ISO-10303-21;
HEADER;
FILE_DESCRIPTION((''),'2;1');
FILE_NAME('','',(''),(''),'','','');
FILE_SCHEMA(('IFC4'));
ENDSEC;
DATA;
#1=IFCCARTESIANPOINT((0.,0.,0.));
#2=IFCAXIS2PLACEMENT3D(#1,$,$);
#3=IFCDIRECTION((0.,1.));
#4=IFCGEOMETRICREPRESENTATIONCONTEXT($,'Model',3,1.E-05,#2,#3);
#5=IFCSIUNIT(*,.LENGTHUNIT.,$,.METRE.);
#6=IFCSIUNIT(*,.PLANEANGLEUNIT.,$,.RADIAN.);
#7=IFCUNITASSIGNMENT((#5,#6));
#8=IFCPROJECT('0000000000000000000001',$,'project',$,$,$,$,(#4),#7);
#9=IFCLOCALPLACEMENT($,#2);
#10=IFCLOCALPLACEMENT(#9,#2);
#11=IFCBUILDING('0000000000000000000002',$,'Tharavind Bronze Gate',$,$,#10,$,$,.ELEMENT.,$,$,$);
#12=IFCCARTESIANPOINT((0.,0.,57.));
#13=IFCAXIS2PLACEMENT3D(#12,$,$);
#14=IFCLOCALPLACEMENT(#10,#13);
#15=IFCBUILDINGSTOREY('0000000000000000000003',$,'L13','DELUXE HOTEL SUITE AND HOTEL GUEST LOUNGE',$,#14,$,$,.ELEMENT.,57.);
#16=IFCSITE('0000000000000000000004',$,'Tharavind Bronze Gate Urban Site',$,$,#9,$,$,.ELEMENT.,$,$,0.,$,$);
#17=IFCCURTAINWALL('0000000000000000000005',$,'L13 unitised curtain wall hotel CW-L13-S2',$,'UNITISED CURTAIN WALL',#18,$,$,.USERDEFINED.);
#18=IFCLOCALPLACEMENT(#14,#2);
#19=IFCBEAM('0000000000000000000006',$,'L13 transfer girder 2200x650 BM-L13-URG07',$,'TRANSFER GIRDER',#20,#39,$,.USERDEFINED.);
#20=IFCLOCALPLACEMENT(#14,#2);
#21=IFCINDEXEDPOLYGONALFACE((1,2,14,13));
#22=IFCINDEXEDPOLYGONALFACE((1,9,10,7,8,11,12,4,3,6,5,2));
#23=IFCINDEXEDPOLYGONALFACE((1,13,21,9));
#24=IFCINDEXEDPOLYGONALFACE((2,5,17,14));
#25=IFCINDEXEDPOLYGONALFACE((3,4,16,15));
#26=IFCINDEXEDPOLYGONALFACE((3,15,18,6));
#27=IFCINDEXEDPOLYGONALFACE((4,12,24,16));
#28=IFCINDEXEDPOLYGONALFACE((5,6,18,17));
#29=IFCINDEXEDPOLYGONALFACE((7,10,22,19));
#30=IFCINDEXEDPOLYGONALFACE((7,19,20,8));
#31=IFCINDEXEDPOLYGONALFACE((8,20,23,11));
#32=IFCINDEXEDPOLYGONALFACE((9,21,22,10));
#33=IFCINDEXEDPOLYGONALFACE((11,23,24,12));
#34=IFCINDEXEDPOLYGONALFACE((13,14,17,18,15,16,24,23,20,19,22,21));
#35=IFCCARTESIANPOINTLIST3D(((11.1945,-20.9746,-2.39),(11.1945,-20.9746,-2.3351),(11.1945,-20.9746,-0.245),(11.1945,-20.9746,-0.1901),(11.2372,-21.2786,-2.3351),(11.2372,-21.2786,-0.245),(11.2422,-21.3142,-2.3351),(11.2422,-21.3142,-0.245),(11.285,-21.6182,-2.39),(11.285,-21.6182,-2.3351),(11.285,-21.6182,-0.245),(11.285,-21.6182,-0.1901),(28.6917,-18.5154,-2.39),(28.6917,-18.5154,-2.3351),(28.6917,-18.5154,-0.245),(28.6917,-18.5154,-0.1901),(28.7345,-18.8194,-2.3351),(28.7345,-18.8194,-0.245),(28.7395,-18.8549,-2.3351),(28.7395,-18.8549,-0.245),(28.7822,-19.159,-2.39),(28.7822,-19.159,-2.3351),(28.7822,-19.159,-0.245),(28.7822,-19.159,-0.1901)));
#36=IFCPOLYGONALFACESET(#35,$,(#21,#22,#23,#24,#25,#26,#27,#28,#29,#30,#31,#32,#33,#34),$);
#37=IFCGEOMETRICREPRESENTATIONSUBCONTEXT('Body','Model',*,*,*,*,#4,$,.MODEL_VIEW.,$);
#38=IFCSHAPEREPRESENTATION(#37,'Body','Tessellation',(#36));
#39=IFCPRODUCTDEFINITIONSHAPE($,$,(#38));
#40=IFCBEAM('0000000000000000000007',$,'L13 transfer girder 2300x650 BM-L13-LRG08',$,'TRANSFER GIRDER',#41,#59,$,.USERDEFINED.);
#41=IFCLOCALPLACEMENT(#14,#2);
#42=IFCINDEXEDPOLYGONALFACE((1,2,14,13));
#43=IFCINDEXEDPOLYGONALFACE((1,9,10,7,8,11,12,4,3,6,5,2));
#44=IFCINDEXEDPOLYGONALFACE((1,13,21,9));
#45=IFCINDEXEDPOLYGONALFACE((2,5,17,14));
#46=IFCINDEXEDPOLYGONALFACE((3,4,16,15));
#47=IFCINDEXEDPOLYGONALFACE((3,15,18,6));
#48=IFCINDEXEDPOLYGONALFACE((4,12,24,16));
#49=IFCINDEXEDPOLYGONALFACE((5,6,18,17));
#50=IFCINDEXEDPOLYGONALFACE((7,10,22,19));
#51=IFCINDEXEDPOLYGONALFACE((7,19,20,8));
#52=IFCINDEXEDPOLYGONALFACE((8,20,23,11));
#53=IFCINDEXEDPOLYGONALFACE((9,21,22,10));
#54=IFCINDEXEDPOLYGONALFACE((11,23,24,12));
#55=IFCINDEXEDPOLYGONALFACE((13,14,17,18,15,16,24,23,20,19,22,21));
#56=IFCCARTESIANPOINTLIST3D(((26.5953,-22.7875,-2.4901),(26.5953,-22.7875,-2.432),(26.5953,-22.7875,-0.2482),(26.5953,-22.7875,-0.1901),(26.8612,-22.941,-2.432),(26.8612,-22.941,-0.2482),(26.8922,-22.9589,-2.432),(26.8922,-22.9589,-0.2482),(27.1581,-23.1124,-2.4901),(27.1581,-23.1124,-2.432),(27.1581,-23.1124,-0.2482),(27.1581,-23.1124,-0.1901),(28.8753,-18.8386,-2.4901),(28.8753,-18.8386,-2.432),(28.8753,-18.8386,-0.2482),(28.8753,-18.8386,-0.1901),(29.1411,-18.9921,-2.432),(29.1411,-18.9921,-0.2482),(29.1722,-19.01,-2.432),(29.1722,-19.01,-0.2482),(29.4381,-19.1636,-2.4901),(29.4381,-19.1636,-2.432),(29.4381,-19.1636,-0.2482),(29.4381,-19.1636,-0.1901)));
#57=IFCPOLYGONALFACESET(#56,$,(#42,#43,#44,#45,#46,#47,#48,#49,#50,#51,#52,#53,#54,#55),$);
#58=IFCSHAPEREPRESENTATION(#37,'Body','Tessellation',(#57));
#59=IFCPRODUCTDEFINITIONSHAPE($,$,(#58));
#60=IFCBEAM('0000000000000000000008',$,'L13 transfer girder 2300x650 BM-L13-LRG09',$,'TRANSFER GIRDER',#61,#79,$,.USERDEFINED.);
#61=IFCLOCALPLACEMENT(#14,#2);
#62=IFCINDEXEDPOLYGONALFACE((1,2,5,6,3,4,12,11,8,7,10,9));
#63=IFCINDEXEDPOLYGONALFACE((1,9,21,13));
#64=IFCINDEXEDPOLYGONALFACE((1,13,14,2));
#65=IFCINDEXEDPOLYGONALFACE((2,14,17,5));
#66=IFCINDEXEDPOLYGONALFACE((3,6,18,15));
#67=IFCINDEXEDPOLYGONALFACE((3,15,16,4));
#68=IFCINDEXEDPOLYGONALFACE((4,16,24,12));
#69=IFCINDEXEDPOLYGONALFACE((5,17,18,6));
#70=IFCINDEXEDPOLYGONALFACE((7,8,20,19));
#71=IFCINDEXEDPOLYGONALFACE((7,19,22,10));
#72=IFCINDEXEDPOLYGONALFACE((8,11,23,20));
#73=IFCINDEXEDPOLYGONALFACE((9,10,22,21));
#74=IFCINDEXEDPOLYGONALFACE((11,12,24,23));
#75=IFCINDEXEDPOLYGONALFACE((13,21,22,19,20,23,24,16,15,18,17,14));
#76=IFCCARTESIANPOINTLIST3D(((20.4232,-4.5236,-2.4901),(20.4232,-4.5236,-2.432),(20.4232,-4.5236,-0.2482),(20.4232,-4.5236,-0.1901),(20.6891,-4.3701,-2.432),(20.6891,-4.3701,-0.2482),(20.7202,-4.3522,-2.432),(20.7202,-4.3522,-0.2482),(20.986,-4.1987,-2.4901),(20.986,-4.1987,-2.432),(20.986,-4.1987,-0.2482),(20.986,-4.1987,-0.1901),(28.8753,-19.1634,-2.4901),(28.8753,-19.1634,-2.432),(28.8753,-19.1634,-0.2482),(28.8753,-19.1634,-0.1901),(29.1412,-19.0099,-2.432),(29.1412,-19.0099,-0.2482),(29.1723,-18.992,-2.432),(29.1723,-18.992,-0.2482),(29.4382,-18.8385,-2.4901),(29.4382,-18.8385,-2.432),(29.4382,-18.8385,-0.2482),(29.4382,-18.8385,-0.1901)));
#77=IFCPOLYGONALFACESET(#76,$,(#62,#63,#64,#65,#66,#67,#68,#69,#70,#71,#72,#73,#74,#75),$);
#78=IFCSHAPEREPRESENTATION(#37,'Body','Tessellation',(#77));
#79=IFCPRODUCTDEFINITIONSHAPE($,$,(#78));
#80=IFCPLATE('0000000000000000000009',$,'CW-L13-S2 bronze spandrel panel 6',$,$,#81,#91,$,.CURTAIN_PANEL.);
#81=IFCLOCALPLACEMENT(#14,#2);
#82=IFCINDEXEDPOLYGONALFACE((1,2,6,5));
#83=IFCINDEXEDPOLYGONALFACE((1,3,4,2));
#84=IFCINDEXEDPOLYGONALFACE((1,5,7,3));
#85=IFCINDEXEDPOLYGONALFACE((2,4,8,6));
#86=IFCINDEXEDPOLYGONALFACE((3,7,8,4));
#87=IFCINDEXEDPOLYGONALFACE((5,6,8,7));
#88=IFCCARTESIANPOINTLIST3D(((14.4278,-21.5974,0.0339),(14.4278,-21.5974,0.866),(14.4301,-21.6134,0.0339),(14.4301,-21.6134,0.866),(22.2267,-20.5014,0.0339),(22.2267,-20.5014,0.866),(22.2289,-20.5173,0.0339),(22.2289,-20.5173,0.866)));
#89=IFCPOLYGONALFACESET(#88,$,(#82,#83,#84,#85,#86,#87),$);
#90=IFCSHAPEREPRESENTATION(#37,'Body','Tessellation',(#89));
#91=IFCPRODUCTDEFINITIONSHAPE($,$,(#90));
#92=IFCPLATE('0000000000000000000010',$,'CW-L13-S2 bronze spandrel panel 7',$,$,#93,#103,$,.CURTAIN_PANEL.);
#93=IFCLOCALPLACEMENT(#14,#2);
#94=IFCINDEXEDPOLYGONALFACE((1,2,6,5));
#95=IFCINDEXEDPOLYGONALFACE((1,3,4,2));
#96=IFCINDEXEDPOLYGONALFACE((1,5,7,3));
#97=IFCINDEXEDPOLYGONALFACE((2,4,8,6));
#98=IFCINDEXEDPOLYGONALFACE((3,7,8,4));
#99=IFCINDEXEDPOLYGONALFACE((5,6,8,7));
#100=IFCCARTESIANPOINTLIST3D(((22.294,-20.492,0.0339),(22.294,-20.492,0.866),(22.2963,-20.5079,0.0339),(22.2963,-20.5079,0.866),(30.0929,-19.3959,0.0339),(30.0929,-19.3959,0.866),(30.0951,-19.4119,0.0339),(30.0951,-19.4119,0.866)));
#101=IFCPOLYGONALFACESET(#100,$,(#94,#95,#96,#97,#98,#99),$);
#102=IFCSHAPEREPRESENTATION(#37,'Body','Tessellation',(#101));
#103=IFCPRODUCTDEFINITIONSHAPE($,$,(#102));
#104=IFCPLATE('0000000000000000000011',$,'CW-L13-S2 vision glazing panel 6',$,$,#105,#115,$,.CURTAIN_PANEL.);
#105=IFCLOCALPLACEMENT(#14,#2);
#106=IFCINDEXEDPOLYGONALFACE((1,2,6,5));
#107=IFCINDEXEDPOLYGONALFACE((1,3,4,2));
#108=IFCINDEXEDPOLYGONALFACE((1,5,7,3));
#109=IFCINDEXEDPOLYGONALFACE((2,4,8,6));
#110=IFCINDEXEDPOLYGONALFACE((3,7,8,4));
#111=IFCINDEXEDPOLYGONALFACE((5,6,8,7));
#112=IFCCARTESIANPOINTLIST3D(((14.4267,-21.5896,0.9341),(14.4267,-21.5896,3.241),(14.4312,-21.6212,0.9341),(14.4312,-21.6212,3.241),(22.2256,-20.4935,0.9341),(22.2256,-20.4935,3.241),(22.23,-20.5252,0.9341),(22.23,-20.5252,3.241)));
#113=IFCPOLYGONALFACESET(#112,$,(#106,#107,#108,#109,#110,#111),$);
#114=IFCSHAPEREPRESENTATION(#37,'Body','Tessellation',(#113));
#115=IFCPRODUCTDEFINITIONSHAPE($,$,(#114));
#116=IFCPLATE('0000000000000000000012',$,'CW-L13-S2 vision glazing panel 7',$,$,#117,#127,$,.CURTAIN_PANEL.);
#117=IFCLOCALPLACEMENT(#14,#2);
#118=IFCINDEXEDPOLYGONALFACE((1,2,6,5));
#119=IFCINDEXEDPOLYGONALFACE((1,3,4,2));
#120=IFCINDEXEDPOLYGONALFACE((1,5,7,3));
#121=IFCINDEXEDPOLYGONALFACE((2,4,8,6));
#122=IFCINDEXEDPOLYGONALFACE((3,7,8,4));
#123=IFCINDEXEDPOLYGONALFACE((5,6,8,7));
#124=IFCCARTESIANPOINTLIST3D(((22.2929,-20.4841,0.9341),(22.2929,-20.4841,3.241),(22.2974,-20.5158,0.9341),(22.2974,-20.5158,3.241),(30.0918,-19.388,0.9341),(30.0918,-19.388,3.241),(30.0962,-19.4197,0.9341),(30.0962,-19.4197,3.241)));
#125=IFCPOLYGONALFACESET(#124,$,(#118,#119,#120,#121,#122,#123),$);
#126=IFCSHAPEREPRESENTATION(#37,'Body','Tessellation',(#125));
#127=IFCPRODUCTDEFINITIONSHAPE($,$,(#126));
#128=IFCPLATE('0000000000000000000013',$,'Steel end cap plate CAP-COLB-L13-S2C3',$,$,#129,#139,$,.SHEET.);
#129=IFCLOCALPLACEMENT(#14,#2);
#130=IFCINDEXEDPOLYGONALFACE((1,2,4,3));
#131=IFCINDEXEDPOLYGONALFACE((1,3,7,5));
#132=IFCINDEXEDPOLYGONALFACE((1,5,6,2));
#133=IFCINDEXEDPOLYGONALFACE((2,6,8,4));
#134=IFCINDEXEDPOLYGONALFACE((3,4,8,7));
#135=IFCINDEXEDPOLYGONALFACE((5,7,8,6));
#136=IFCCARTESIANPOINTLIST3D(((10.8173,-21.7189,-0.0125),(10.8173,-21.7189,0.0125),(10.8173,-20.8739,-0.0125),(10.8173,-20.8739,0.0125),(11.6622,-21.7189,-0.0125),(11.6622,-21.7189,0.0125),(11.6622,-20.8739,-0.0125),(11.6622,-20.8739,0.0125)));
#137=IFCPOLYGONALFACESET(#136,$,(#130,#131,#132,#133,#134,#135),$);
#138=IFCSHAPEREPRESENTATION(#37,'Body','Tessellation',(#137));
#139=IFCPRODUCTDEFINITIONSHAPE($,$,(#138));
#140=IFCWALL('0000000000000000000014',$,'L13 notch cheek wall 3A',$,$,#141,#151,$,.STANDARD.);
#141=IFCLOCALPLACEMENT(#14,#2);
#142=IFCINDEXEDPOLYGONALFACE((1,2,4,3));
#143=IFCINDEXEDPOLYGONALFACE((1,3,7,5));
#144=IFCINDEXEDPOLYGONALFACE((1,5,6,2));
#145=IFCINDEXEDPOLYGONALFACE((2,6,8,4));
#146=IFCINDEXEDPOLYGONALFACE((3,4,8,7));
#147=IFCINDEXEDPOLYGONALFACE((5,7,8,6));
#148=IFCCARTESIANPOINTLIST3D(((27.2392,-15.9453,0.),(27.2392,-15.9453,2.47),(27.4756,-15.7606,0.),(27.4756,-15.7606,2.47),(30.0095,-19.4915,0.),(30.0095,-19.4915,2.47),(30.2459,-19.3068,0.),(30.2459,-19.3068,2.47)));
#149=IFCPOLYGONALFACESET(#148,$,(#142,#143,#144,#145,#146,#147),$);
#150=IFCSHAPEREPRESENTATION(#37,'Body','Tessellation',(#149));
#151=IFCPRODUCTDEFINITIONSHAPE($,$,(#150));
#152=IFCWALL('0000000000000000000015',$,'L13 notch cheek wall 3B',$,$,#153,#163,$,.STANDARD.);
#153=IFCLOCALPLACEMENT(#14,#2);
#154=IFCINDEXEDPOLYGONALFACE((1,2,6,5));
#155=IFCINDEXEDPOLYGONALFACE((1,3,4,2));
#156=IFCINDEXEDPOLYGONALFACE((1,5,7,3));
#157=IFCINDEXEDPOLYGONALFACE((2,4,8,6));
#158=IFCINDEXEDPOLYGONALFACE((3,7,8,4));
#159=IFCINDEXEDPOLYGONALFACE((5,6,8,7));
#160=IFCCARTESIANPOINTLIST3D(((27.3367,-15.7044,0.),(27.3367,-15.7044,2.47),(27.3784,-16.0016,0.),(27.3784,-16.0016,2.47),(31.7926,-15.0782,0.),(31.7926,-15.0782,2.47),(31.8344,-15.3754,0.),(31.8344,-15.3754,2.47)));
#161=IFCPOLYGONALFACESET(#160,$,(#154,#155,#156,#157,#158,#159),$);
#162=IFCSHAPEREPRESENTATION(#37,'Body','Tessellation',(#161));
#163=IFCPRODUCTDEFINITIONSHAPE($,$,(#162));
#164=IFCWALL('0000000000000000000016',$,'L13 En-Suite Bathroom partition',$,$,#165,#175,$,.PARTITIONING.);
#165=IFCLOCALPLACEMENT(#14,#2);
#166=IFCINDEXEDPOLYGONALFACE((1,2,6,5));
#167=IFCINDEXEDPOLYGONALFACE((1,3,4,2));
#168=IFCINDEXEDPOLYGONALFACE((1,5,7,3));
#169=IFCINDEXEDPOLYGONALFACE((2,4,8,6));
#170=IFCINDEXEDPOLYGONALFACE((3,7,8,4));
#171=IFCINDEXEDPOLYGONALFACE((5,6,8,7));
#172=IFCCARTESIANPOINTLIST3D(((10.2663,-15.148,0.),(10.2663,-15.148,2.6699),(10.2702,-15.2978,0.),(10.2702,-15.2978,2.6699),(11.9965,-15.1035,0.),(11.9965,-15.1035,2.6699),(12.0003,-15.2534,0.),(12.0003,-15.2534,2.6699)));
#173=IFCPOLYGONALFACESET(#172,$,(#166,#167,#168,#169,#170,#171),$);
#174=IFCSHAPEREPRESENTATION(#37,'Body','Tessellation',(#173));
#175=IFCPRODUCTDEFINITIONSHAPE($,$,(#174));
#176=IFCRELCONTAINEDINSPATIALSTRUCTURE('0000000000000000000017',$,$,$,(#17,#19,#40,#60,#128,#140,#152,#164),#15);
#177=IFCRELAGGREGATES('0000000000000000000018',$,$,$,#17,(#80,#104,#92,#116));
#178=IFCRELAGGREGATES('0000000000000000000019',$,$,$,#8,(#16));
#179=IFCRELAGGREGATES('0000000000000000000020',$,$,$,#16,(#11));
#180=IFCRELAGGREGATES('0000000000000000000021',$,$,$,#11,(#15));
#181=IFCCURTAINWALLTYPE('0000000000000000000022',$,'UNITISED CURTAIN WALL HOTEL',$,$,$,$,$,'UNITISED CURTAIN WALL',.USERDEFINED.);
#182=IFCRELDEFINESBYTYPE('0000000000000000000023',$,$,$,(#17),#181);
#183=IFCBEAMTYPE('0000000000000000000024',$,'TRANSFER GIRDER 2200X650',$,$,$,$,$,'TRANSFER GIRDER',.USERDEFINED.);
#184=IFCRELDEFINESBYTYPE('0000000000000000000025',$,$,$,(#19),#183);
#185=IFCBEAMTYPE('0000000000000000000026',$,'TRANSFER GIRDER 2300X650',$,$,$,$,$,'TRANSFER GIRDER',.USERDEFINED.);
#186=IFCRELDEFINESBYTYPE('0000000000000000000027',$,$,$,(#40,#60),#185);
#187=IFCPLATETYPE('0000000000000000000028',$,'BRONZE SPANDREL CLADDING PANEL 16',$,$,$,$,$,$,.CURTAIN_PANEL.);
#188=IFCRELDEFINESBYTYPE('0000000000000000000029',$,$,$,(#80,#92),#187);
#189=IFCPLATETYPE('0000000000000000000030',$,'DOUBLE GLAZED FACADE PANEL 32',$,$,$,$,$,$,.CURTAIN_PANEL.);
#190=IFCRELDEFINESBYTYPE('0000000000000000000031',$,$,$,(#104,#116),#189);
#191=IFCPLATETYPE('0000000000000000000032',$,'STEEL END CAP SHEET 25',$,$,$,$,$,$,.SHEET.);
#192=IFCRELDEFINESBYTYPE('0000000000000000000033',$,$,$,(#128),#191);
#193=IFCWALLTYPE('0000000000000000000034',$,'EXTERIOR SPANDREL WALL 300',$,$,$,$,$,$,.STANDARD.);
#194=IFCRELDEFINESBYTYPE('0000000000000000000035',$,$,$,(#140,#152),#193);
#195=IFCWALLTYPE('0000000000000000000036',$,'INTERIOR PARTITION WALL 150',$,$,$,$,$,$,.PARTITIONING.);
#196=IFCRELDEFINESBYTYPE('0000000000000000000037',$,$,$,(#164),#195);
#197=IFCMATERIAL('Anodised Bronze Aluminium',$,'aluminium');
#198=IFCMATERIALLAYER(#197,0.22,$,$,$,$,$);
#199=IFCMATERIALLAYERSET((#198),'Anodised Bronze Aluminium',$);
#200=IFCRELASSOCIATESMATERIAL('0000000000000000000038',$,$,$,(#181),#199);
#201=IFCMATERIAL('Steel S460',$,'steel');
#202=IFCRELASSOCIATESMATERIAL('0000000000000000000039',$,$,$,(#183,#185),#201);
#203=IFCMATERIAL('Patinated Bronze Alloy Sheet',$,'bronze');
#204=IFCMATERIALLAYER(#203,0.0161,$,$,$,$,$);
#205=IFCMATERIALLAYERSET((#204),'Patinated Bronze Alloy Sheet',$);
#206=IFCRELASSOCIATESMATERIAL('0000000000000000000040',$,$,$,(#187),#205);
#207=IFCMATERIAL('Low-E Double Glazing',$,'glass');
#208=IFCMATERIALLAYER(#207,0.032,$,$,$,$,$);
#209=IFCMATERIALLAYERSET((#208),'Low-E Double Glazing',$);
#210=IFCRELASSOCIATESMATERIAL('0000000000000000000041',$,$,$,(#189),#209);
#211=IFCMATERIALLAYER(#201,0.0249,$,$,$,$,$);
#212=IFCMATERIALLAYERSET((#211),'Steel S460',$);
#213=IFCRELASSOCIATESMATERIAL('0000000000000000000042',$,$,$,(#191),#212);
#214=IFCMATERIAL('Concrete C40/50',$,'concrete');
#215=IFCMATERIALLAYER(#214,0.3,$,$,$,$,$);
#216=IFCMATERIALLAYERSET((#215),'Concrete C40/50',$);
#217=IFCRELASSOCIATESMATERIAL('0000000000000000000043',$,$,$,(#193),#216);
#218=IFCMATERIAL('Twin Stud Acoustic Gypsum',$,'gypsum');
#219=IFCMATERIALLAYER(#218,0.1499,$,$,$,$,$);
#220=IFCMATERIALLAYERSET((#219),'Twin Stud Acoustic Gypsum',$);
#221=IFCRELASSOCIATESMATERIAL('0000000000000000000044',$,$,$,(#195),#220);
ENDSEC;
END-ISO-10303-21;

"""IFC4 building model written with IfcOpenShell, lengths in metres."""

from ifc_helpers import new_model, si_unit, direction, frame, frame_2d, origin, origin_2d, place, context, subcontext, project, spatial, rectangle, i_section, extrude, material, layer, layer_set, material_profile, profile_set, type_object, element, aggregate, save


model = new_model("IFC4")

# Units and contexts
model_context = context("Model", 3, precision=1e-05, world=origin(), true_north=direction((0.0, 1.0)))
body_context = subcontext(model_context, "Body", "Model", "MODEL_VIEW")
ifc_project = project(units=[si_unit("LENGTHUNIT", "METRE"), si_unit("PLANEANGLEUNIT", "RADIAN")], contexts=[model_context])

# Site, building, storey
site_placement = place(None, origin())
site = spatial("IfcSite", under=ifc_project, at=site_placement, Name="Tharavind Bronze Gate Urban Site", CompositionType="ELEMENT", RefElevation=0.0)
building_placement = place(site_placement, origin())
building = spatial("IfcBuilding", under=site, at=building_placement, Name="Tharavind Bronze Gate", CompositionType="ELEMENT")
storey_placement = place(building_placement, frame((0.0, 0.0, 57.0)))
storey = spatial("IfcBuildingStorey", under=building, at=storey_placement, Name="L13", Description="DELUXE HOTEL SUITE AND HOTEL GUEST LOUNGE", CompositionType="ELEMENT", Elevation=57.0)

# Shared definitions
ifc_material_1 = material(Name="Steel S460", Category="steel")

# Curtain wall
ifc_material_2 = material(Name="Anodised Bronze Aluminium", Category="aluminium")
ifc_layer_1 = layer(ifc_material_2, 0.22)
ifc_layer_set_1 = layer_set([ifc_layer_1], Name="Anodised Bronze Aluminium")
curtain_wall_type = type_object("IfcCurtainWallType", Name="UNITISED CURTAIN WALL HOTEL", ElementType="UNITISED CURTAIN WALL", PredefinedType="USERDEFINED", material=ifc_layer_set_1)
curtain_wall_1_placement = place(storey_placement, origin())
curtain_wall_1 = element("IfcCurtainWall", 1, at=curtain_wall_1_placement, inside=storey, type_object=curtain_wall_type, Name="L13 unitised curtain wall hotel CW-L13-S2", ObjectType="UNITISED CURTAIN WALL", PredefinedType="USERDEFINED")

# Beams
ifc_material_profile_1 = material_profile(ifc_material_1, i_section(OverallWidth=0.6499, OverallDepth=2.2, WebThickness=0.0359, FlangeThickness=0.0549, at=origin_2d()), Name="PG2200X650")
ifc_profile_set_1 = profile_set([ifc_material_profile_1], Name="Steel S460")
beam_type_1 = type_object("IfcBeamType", Name="TRANSFER GIRDER 2200X650", ElementType="TRANSFER GIRDER", PredefinedType="USERDEFINED", material=ifc_profile_set_1)
beam_1_placement = place(storey_placement, frame((11.2397, -21.2964, -1.29), z_axis=(0.990267, 0.139181, 0.0), x_axis=(-0.139181, 0.990267, 0.0)))
element("IfcBeam", 2, at=beam_1_placement, inside=storey, type_object=beam_type_1, Name="L13 transfer girder 2200x650 BM-L13-URG07", ObjectType="TRANSFER GIRDER", PredefinedType="USERDEFINED", context=body_context, shape_type="SweptSolid", body=[
    extrude(i_section(OverallWidth=0.6499, OverallDepth=2.2, WebThickness=0.0359, FlangeThickness=0.0549, at=origin_2d()), origin(), (0.0, 0.0, 1.0), 17.6692),
])
ifc_material_profile_2 = material_profile(ifc_material_1, i_section(OverallWidth=0.6499, OverallDepth=2.3, WebThickness=0.0359, FlangeThickness=0.0581, at=origin_2d()), Name="PG2300X650")
ifc_profile_set_2 = profile_set([ifc_material_profile_2], Name="Steel S460")
beam_type_2 = type_object("IfcBeamType", Name="TRANSFER GIRDER 2300X650", ElementType="TRANSFER GIRDER", PredefinedType="USERDEFINED", material=ifc_profile_set_2)
beam_2_placement = place(storey_placement, frame((26.8767, -22.95, -1.3401), z_axis=(0.500014, 0.866017, 0.0), x_axis=(-0.866017, 0.500014, 0.0)))
element("IfcBeam", 3, at=beam_2_placement, inside=storey, type_object=beam_type_2, Name="L13 transfer girder 2300x650 BM-L13-LRG08", ObjectType="TRANSFER GIRDER", PredefinedType="USERDEFINED", context=body_context, shape_type="SweptSolid", body=[
    extrude(i_section(OverallWidth=0.6499, OverallDepth=2.3, WebThickness=0.0359, FlangeThickness=0.0581, at=origin_2d()), origin(), (0.0, 0.0, 1.0), 4.5598),
])
beam_3_placement = place(storey_placement, frame((29.1567, -19.001, -1.3401), z_axis=(-0.499991, 0.86603, 0.0), x_axis=(-0.86603, -0.499991, 0.0)))
element("IfcBeam", 4, at=beam_3_placement, inside=storey, type_object=beam_type_2, Name="L13 transfer girder 2300x650 BM-L13-LRG09", ObjectType="TRANSFER GIRDER", PredefinedType="USERDEFINED", context=body_context, shape_type="SweptSolid", body=[
    extrude(i_section(OverallWidth=0.6499, OverallDepth=2.3, WebThickness=0.0359, FlangeThickness=0.0581, at=origin_2d()), origin(), (0.0, 0.0, 1.0), 16.9045),
])

# Plates
ifc_material_3 = material(Name="Patinated Bronze Alloy Sheet", Category="bronze")
ifc_layer_2 = layer(ifc_material_3, 0.0161)
ifc_layer_set_2 = layer_set([ifc_layer_2], Name="Patinated Bronze Alloy Sheet")
plate_type_1 = type_object("IfcPlateType", Name="BRONZE SPANDREL CLADDING PANEL 16", PredefinedType="CURTAIN_PANEL", material=ifc_layer_set_2)
plate_1_placement = place(storey_placement, frame((18.3284, -21.0574, 0.0339), z_axis=(0.0, 0.0, 1.0), x_axis=(0.990268, 0.139173, 0.0)))
plate_1 = element("IfcPlate", 5, at=plate_1_placement, type_object=plate_type_1, Name="CW-L13-S2 bronze spandrel panel 6", PredefinedType="CURTAIN_PANEL", context=body_context, shape_type="SweptSolid", body=[
    extrude(rectangle(XDim=7.8755, YDim=0.0161, at=origin_2d()), origin(), (0.0, 0.0, 1.0), 0.832),
])
plate_2_placement = place(storey_placement, frame((26.1946, -19.9519, 0.0339), z_axis=(0.0, 0.0, 1.0), x_axis=(0.990268, 0.139173, 0.0)))
plate_2 = element("IfcPlate", 6, at=plate_2_placement, type_object=plate_type_1, Name="CW-L13-S2 bronze spandrel panel 7", PredefinedType="CURTAIN_PANEL", context=body_context, shape_type="SweptSolid", body=[
    extrude(rectangle(XDim=7.8755, YDim=0.0161, at=origin_2d()), origin(), (0.0, 0.0, 1.0), 0.832),
])
ifc_material_4 = material(Name="Low-E Double Glazing", Category="glass")
ifc_layer_3 = layer(ifc_material_4, 0.032)
ifc_layer_set_3 = layer_set([ifc_layer_3], Name="Low-E Double Glazing")
plate_type_2 = type_object("IfcPlateType", Name="DOUBLE GLAZED FACADE PANEL 32", PredefinedType="CURTAIN_PANEL", material=ifc_layer_set_3)
plate_3_placement = place(storey_placement, frame((18.3284, -21.0574, 0.9341), z_axis=(0.0, 0.0, 1.0), x_axis=(0.990268, 0.139173, 0.0)))
plate_3 = element("IfcPlate", 7, at=plate_3_placement, type_object=plate_type_2, Name="CW-L13-S2 vision glazing panel 6", PredefinedType="CURTAIN_PANEL", context=body_context, shape_type="SweptSolid", body=[
    extrude(rectangle(XDim=7.8755, YDim=0.032, at=origin_2d()), origin(), (0.0, 0.0, 1.0), 2.3069),
])
plate_4_placement = place(storey_placement, frame((26.1946, -19.9519, 0.9341), z_axis=(0.0, 0.0, 1.0), x_axis=(0.990268, 0.139173, 0.0)))
plate_4 = element("IfcPlate", 8, at=plate_4_placement, type_object=plate_type_2, Name="CW-L13-S2 vision glazing panel 7", PredefinedType="CURTAIN_PANEL", context=body_context, shape_type="SweptSolid", body=[
    extrude(rectangle(XDim=7.8755, YDim=0.032, at=origin_2d()), origin(), (0.0, 0.0, 1.0), 2.3069),
])
aggregate(curtain_wall_1, [plate_1, plate_3, plate_2, plate_4])
ifc_layer_4 = layer(ifc_material_1, 0.0249)
ifc_layer_set_4 = layer_set([ifc_layer_4], Name="Steel S460")
plate_type_3 = type_object("IfcPlateType", Name="STEEL END CAP SHEET 25", PredefinedType="SHEET", material=ifc_layer_set_4)
plate_5_placement = place(storey_placement, frame((11.2397, -21.2964, -0.0125), z_axis=(0.0, 0.0, 1.0), x_axis=(1.0, 0.0, 0.0)))
element("IfcPlate", 9, at=plate_5_placement, inside=storey, type_object=plate_type_3, Name="Steel end cap plate CAP-COLB-L13-S2C3", PredefinedType="SHEET", context=body_context, shape_type="SweptSolid", body=[
    extrude(rectangle(XDim=0.845, YDim=0.845, at=origin_2d()), origin(), (0.0, 0.0, 1.0), 0.0249),
])

# Walls
ifc_material_5 = material(Name="Concrete C40/50", Category="concrete")
ifc_layer_5 = layer(ifc_material_5, 0.3)
ifc_layer_set_5 = layer_set([ifc_layer_5], Name="Concrete C40/50")
wall_type_1 = type_object("IfcWallType", Name="EXTERIOR SPANDREL WALL 300", PredefinedType="STANDARD", material=ifc_layer_set_5)
wall_1_placement = place(storey_placement, frame((30.1277, -19.3992, 0.0), z_axis=(0.0, 0.0, 1.0), x_axis=(-0.615622, 0.788042, 0.0)))
element("IfcWall", 10, at=wall_1_placement, inside=storey, type_object=wall_type_1, Name="L13 notch cheek wall 3A", PredefinedType="STANDARD", context=body_context, shape_type="SweptSolid", body=[
    extrude(rectangle(XDim=4.5, YDim=0.3, at=frame_2d((2.25, 0.0))), origin(), (0.0, 0.0, 1.0), 2.47),
])
wall_2_placement = place(storey_placement, frame((27.3574, -15.853, 0.0), z_axis=(0.0, 0.0, 1.0), x_axis=(0.990269, 0.139165, 0.0)))
element("IfcWall", 11, at=wall_2_placement, inside=storey, type_object=wall_type_1, Name="L13 notch cheek wall 3B", PredefinedType="STANDARD", context=body_context, shape_type="SweptSolid", body=[
    extrude(rectangle(XDim=4.4998, YDim=0.3, at=frame_2d((2.25, 0.0))), origin(), (0.0, 0.0, 1.0), 2.47),
])
ifc_material_6 = material(Name="Twin Stud Acoustic Gypsum", Category="gypsum")
ifc_layer_6 = layer(ifc_material_6, 0.1499)
ifc_layer_set_6 = layer_set([ifc_layer_6], Name="Twin Stud Acoustic Gypsum")
wall_type_2 = type_object("IfcWallType", Name="INTERIOR PARTITION WALL 150", PredefinedType="PARTITIONING", material=ifc_layer_set_6)
wall_3_placement = place(storey_placement, frame((11.9983, -15.1785, 0.0), z_axis=(0.0, 0.0, 1.0), x_axis=(-0.99967, -0.025672, 0.0)))
element("IfcWall", 12, at=wall_3_placement, inside=storey, type_object=wall_type_2, Name="L13 En-Suite Bathroom partition", PredefinedType="PARTITIONING", context=body_context, shape_type="SweptSolid", body=[
    extrude(rectangle(XDim=1.7307, YDim=0.1499, at=frame_2d((0.8652, 0.0))), origin(), (0.0, 0.0, 1.0), 2.6699),
])

save(model, "model.ifc")
